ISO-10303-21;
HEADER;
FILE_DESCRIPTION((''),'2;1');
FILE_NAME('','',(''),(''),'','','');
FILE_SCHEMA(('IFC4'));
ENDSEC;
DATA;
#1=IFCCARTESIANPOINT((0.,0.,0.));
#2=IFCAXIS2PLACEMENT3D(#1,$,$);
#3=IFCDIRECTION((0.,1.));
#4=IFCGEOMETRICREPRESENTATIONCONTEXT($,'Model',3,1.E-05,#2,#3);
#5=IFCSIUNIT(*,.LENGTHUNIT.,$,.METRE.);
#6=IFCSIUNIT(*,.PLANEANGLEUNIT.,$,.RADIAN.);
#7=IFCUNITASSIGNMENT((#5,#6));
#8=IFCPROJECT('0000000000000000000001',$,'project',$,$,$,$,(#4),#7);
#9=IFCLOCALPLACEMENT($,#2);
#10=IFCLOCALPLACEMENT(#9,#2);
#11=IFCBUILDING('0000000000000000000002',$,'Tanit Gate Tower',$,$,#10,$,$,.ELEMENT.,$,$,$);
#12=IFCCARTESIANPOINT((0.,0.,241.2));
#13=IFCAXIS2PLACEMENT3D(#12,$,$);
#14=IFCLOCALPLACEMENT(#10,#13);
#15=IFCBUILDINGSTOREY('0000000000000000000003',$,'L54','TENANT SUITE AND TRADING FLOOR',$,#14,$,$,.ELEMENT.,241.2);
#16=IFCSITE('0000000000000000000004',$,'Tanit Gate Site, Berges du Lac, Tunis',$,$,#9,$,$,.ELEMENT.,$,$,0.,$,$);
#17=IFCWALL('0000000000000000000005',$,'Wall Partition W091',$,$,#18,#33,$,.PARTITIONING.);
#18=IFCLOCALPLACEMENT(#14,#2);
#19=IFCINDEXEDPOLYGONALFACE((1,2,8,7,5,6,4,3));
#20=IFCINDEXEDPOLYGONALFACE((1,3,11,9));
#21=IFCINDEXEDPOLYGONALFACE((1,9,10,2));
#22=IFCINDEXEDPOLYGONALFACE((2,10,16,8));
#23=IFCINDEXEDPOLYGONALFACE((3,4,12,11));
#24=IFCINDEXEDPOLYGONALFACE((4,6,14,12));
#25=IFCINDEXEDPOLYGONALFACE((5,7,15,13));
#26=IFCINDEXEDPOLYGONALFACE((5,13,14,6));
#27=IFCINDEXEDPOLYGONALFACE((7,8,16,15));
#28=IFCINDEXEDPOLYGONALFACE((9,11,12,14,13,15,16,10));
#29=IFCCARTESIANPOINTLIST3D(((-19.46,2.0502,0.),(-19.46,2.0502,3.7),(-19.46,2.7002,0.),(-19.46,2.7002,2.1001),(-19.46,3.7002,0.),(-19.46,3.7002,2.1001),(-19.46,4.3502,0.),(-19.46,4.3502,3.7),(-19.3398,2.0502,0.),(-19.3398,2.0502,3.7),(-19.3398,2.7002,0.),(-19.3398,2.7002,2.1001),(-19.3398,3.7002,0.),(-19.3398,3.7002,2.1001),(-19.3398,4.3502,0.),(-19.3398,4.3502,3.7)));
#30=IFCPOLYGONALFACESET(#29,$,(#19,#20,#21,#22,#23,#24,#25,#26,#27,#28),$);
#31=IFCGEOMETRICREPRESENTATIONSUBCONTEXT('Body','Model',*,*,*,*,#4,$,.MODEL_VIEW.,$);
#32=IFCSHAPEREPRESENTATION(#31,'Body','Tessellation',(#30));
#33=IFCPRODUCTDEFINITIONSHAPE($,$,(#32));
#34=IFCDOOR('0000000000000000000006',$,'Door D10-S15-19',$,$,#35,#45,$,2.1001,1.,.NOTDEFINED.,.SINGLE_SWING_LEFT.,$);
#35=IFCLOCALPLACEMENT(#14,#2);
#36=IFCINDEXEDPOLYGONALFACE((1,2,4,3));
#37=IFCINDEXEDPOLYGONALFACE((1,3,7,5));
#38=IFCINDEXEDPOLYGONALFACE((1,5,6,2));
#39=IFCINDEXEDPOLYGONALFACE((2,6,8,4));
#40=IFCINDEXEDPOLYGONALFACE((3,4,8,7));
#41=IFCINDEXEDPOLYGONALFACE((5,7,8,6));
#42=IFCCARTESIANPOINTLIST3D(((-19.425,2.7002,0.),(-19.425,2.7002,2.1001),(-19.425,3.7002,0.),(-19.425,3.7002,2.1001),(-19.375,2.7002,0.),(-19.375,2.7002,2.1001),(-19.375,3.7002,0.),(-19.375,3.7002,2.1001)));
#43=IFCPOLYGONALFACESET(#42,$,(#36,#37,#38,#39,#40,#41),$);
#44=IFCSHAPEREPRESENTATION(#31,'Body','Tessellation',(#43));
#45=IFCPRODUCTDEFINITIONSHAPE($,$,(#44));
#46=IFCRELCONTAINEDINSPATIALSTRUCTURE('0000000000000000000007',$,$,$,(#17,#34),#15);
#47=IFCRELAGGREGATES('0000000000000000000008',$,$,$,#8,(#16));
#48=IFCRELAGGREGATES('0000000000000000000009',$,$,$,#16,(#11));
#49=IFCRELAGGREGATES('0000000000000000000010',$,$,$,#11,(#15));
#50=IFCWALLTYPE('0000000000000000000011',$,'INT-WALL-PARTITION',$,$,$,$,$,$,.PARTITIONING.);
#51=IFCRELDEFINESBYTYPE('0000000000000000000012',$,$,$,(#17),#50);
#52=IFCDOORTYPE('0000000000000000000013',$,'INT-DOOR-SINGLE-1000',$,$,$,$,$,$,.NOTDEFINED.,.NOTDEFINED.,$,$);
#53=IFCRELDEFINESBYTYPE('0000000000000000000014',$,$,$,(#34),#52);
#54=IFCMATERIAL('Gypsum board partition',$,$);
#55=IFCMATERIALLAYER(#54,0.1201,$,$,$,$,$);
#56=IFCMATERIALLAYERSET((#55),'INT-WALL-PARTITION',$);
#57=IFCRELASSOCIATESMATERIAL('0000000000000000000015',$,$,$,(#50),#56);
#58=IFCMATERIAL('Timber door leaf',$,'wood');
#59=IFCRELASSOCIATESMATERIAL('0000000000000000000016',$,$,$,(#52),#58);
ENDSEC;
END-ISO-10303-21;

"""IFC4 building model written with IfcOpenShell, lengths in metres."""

from ifc_helpers import new_model, si_unit, direction, frame, frame_2d, origin, place, context, subcontext, project, spatial, rectangle, extrude, material, layer, layer_set, type_object, element, fill, save


model = new_model("IFC4")

# Units and contexts
model_context = context("Model", 3, precision=1e-05, world=origin(), true_north=direction((0.0, 1.0)))
body_context = subcontext(model_context, "Body", "Model", "MODEL_VIEW")
ifc_project = project(units=[si_unit("LENGTHUNIT", "METRE"), si_unit("PLANEANGLEUNIT", "RADIAN")], contexts=[model_context])

# Site, building, storey
site_placement = place(None, origin())
site = spatial("IfcSite", under=ifc_project, at=site_placement, Name="Tanit Gate Site, Berges du Lac, Tunis", CompositionType="ELEMENT", RefElevation=0.0)
building_placement = place(site_placement, origin())
building = spatial("IfcBuilding", under=site, at=building_placement, Name="Tanit Gate Tower", CompositionType="ELEMENT")
storey_placement = place(building_placement, frame((0.0, 0.0, 241.2)))
storey = spatial("IfcBuildingStorey", under=building, at=storey_placement, Name="L54", Description="TENANT SUITE AND TRADING FLOOR", CompositionType="ELEMENT", Elevation=241.2)

# Wall, opening, door
ifc_material_1 = material(Name="Gypsum board partition")
ifc_layer_1 = layer(ifc_material_1, 0.1201)
ifc_layer_set_1 = layer_set([ifc_layer_1], Name="INT-WALL-PARTITION")
wall_type_1 = type_object("IfcWallType", Name="INT-WALL-PARTITION", PredefinedType="PARTITIONING", material=ifc_layer_set_1)
wall_1_placement = place(storey_placement, frame((-19.3999, 4.3501, 0.0), z_axis=(0.0, 0.0, 1.0), x_axis=(0.0, -1.0, 0.0)))
wall_1 = element("IfcWall", 1, at=wall_1_placement, inside=storey, type_object=wall_type_1, Name="Wall Partition W091", PredefinedType="PARTITIONING", context=body_context, shape_type="SweptSolid", body=[
    extrude(rectangle(XDim=2.3, YDim=0.1201, at=frame_2d((1.1499, 0.0))), origin(), (0.0, 0.0, 1.0), 3.7),
])
opening_1_placement = place(wall_1_placement, frame((0.6499, 0.0, 0.0)))
opening_1 = element("IfcOpeningElement", 2, at=opening_1_placement, cuts=wall_1, PredefinedType="OPENING", context=body_context, shape_type="SweptSolid", body=[
    extrude(rectangle(XDim=1.0, YDim=2.1001, at=frame_2d((0.5, 1.05))), frame((0.0, 0.0701, 0.0), z_axis=(0.0, -1.0, 0.0), x_axis=(1.0, 0.0, 0.0)), (0.0, 0.0, 1.0), 0.1401),
])
ifc_material_2 = material(Name="Timber door leaf", Category="wood")
door_type_1 = type_object("IfcDoorType", Name="INT-DOOR-SINGLE-1000", OperationType="NOTDEFINED", PredefinedType="NOTDEFINED", material=ifc_material_2)
door_1_placement = place(opening_1_placement, origin())
door_1 = element("IfcDoor", 3, at=door_1_placement, inside=storey, type_object=door_type_1, Name="Door D10-S15-19", OperationType="SINGLE_SWING_LEFT", OverallHeight=2.1001, OverallWidth=1.0, PredefinedType="NOTDEFINED", context=body_context, shape_type="SweptSolid", body=[
    extrude(rectangle(XDim=1.0, YDim=2.1001, at=frame_2d((0.5, 1.05))), frame((0.0, 0.0249, 0.0), z_axis=(0.0, -1.0, 0.0), x_axis=(1.0, 0.0, 0.0)), (0.0, 0.0, 1.0), 0.05),
])
fill(opening_1, door_1)

save(model, "model.ifc")
